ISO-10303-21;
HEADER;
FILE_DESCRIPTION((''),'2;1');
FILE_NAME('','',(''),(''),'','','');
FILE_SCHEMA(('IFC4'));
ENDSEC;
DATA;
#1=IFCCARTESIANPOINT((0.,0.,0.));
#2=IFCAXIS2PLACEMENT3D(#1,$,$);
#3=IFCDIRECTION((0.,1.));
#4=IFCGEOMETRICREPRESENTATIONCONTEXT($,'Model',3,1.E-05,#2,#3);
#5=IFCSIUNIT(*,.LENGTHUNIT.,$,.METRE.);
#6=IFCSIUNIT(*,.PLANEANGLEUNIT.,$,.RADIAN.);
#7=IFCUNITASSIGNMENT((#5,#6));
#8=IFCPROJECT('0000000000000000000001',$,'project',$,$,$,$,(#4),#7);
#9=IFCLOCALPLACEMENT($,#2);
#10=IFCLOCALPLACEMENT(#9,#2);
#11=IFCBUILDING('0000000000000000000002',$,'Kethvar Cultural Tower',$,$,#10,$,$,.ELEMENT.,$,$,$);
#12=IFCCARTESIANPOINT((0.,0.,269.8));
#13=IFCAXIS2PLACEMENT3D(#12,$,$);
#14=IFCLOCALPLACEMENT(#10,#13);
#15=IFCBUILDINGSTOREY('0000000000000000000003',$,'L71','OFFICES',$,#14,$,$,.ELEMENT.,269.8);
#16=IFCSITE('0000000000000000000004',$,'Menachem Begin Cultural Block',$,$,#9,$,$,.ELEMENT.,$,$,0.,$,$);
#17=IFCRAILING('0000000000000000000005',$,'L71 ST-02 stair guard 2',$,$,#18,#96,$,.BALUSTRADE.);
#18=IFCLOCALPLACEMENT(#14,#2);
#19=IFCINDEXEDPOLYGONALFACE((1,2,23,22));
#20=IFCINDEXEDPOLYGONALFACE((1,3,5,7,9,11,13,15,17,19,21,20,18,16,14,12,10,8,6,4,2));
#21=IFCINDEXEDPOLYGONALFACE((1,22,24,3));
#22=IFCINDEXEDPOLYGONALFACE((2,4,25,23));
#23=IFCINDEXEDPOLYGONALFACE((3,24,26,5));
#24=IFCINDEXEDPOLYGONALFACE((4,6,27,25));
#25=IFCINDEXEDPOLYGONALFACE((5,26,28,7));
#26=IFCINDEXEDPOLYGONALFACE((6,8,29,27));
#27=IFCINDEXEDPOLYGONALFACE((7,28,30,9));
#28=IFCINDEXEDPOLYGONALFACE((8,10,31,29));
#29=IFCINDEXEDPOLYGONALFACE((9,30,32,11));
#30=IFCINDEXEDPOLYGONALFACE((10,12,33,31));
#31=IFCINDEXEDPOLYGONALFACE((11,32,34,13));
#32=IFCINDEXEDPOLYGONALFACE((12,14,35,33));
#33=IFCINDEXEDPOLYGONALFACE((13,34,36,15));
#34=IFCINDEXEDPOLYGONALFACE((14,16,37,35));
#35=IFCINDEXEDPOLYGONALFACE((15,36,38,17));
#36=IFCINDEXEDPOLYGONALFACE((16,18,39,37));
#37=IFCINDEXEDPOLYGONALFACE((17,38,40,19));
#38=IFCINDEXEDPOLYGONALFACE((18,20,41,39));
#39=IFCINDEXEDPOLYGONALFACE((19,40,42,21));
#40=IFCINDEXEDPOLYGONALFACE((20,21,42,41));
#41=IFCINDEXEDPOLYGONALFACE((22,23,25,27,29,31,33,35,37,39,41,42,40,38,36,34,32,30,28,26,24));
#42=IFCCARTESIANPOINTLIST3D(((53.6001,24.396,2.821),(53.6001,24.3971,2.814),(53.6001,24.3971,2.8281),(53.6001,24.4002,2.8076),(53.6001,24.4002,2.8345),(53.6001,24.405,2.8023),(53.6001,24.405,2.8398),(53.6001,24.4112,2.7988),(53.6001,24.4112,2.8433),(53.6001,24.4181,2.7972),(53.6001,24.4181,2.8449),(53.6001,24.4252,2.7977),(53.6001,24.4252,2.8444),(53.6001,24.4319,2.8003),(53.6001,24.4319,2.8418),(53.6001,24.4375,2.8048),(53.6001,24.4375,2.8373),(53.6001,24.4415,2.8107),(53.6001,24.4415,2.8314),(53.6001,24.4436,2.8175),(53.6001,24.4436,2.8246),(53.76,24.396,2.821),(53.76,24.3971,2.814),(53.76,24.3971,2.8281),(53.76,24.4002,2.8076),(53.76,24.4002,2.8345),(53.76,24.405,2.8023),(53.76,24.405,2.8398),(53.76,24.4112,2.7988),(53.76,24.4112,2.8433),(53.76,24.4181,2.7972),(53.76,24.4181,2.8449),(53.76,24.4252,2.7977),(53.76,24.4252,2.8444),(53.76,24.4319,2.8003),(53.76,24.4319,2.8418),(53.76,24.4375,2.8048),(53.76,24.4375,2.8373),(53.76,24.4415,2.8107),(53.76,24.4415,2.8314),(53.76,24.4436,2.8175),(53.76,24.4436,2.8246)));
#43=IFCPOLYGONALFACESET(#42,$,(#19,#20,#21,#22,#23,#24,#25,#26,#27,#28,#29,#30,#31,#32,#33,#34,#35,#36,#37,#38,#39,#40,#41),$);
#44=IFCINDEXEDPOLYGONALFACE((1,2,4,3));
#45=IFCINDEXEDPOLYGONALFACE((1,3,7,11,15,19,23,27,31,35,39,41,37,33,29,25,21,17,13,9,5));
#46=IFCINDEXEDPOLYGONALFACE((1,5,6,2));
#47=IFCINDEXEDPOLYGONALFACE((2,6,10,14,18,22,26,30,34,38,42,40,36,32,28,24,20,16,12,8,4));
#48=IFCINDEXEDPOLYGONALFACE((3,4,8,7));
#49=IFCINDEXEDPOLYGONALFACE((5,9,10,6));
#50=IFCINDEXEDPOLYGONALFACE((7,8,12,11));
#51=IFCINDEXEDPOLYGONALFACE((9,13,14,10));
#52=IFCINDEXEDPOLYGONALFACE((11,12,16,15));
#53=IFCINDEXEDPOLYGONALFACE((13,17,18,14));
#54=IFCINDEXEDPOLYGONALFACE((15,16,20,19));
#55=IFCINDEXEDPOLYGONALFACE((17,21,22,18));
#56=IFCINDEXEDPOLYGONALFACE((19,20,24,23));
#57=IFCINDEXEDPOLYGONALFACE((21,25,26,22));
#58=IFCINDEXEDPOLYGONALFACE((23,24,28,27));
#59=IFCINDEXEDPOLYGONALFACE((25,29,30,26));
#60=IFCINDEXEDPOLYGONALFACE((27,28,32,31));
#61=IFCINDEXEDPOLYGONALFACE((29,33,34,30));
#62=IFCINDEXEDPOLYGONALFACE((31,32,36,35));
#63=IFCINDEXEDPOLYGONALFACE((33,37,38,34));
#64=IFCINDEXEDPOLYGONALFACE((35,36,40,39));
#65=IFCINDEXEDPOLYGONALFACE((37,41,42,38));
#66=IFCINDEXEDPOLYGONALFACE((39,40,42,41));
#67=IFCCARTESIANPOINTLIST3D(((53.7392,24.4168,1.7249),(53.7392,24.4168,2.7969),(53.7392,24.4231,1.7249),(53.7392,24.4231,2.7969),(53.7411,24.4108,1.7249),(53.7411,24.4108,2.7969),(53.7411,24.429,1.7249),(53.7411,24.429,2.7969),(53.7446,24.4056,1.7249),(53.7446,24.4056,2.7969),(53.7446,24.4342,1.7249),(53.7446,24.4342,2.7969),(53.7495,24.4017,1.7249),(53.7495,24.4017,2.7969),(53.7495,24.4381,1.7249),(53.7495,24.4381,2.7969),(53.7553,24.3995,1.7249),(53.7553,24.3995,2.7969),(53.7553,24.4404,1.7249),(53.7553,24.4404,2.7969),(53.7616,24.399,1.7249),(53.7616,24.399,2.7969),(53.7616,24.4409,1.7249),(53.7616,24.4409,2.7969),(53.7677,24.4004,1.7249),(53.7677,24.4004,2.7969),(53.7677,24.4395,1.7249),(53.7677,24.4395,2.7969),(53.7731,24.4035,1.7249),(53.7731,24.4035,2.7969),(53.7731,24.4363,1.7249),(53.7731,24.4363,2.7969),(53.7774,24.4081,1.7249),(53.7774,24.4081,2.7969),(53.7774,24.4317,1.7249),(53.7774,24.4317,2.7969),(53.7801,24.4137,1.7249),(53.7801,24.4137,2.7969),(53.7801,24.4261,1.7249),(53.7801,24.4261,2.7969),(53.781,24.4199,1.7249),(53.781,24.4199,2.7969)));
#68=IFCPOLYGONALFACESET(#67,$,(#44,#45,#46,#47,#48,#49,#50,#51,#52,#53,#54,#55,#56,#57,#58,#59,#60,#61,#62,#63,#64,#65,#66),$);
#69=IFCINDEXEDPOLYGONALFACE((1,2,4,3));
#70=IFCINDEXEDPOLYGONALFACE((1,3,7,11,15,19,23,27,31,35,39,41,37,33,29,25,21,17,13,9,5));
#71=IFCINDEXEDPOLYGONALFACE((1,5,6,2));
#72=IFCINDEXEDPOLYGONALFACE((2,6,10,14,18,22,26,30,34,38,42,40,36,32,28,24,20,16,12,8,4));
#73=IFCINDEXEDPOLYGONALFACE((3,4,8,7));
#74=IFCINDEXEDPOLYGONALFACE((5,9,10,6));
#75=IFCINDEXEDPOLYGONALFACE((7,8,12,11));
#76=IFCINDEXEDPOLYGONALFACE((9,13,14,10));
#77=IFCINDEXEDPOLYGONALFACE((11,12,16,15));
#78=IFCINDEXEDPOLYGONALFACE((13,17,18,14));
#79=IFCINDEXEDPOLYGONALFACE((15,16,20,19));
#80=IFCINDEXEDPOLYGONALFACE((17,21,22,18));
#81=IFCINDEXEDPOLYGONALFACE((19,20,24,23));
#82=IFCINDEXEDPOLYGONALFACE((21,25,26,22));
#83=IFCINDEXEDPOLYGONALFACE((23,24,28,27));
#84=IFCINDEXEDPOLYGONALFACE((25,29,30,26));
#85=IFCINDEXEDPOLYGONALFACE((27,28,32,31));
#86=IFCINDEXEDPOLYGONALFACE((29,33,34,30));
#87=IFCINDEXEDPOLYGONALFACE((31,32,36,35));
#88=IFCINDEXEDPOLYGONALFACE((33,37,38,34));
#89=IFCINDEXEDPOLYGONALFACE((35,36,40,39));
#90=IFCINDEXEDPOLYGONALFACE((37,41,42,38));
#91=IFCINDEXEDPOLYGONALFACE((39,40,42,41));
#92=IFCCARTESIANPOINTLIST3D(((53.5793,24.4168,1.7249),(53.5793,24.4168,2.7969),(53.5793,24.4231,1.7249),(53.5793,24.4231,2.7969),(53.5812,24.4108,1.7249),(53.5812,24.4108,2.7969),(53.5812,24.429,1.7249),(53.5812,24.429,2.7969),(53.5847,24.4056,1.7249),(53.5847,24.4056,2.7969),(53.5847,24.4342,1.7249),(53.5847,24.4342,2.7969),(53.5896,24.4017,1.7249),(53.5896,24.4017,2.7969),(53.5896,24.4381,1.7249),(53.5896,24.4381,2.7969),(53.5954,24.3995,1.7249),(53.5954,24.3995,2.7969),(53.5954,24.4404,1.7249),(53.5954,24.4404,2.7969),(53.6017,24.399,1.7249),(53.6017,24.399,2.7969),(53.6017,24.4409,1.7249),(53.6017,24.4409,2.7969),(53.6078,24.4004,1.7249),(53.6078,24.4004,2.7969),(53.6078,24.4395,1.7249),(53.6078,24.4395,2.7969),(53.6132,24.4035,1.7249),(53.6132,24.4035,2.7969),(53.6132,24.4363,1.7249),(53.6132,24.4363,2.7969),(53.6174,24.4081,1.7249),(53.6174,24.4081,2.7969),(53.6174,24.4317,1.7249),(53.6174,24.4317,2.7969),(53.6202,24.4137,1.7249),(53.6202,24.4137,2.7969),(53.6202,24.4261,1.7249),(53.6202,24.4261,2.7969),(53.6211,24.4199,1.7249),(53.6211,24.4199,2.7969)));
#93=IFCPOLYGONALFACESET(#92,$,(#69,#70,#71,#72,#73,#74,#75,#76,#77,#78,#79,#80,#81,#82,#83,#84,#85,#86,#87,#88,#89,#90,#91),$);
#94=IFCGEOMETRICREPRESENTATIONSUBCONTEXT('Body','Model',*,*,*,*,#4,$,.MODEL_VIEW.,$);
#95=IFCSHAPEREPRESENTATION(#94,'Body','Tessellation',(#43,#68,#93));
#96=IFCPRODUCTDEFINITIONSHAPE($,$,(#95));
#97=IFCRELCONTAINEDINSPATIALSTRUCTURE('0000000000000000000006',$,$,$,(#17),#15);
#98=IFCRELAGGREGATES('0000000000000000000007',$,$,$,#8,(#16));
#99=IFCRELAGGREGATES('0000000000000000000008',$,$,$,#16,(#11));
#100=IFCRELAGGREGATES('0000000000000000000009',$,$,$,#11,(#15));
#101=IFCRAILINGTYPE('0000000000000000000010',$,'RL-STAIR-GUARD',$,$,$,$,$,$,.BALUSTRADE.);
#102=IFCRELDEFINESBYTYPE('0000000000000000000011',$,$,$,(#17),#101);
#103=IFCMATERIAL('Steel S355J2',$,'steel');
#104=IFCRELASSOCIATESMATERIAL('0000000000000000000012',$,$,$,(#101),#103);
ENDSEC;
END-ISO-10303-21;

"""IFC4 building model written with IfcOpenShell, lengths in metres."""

from ifc_helpers import new_model, si_unit, direction, frame, origin, origin_2d, place, context, subcontext, project, spatial, circle, extrude, material, type_object, element, save


model = new_model("IFC4")

# Units and contexts
model_context = context("Model", 3, precision=1e-05, world=origin(), true_north=direction((0.0, 1.0)))
body_context = subcontext(model_context, "Body", "Model", "MODEL_VIEW")
ifc_project = project(units=[si_unit("LENGTHUNIT", "METRE"), si_unit("PLANEANGLEUNIT", "RADIAN")], contexts=[model_context])

# Site, building, storey
site_placement = place(None, origin())
site = spatial("IfcSite", under=ifc_project, at=site_placement, Name="Menachem Begin Cultural Block", CompositionType="ELEMENT", RefElevation=0.0)
building_placement = place(site_placement, origin())
building = spatial("IfcBuilding", under=site, at=building_placement, Name="Kethvar Cultural Tower", CompositionType="ELEMENT")
storey_placement = place(building_placement, frame((0.0, 0.0, 269.8)))
storey = spatial("IfcBuildingStorey", under=building, at=storey_placement, Name="L71", Description="OFFICES", CompositionType="ELEMENT", Elevation=269.8)

# Shared definitions
ifc_material_1 = material(Name="Steel S355J2", Category="steel")

# Railing
railing_type_1 = type_object("IfcRailingType", Name="RL-STAIR-GUARD", PredefinedType="BALUSTRADE", material=ifc_material_1)
railing_1_placement = place(storey_placement, frame((53.76, 24.4199, 1.7249)))
element("IfcRailing", 1, at=railing_1_placement, inside=storey, type_object=railing_type_1, Name="L71 ST-02 stair guard 2", PredefinedType="BALUSTRADE", context=body_context, shape_type="SweptSolid", body=[
    extrude(circle(Radius=0.0239, at=origin_2d()), frame((0.0, 0.0, 1.0962), z_axis=(-1.0, 0.0, 0.0), x_axis=(0.0, -1.0, 0.0)), (0.0, 0.0, 1.0), 0.1599),
    extrude(circle(Radius=0.021, at=origin_2d()), origin(), (0.0, 0.0, 1.0), 1.072),
    extrude(circle(Radius=0.021, at=origin_2d()), frame((-0.1599, 0.0, 0.0)), (0.0, 0.0, 1.0), 1.072),
])

save(model, "model.ifc")
